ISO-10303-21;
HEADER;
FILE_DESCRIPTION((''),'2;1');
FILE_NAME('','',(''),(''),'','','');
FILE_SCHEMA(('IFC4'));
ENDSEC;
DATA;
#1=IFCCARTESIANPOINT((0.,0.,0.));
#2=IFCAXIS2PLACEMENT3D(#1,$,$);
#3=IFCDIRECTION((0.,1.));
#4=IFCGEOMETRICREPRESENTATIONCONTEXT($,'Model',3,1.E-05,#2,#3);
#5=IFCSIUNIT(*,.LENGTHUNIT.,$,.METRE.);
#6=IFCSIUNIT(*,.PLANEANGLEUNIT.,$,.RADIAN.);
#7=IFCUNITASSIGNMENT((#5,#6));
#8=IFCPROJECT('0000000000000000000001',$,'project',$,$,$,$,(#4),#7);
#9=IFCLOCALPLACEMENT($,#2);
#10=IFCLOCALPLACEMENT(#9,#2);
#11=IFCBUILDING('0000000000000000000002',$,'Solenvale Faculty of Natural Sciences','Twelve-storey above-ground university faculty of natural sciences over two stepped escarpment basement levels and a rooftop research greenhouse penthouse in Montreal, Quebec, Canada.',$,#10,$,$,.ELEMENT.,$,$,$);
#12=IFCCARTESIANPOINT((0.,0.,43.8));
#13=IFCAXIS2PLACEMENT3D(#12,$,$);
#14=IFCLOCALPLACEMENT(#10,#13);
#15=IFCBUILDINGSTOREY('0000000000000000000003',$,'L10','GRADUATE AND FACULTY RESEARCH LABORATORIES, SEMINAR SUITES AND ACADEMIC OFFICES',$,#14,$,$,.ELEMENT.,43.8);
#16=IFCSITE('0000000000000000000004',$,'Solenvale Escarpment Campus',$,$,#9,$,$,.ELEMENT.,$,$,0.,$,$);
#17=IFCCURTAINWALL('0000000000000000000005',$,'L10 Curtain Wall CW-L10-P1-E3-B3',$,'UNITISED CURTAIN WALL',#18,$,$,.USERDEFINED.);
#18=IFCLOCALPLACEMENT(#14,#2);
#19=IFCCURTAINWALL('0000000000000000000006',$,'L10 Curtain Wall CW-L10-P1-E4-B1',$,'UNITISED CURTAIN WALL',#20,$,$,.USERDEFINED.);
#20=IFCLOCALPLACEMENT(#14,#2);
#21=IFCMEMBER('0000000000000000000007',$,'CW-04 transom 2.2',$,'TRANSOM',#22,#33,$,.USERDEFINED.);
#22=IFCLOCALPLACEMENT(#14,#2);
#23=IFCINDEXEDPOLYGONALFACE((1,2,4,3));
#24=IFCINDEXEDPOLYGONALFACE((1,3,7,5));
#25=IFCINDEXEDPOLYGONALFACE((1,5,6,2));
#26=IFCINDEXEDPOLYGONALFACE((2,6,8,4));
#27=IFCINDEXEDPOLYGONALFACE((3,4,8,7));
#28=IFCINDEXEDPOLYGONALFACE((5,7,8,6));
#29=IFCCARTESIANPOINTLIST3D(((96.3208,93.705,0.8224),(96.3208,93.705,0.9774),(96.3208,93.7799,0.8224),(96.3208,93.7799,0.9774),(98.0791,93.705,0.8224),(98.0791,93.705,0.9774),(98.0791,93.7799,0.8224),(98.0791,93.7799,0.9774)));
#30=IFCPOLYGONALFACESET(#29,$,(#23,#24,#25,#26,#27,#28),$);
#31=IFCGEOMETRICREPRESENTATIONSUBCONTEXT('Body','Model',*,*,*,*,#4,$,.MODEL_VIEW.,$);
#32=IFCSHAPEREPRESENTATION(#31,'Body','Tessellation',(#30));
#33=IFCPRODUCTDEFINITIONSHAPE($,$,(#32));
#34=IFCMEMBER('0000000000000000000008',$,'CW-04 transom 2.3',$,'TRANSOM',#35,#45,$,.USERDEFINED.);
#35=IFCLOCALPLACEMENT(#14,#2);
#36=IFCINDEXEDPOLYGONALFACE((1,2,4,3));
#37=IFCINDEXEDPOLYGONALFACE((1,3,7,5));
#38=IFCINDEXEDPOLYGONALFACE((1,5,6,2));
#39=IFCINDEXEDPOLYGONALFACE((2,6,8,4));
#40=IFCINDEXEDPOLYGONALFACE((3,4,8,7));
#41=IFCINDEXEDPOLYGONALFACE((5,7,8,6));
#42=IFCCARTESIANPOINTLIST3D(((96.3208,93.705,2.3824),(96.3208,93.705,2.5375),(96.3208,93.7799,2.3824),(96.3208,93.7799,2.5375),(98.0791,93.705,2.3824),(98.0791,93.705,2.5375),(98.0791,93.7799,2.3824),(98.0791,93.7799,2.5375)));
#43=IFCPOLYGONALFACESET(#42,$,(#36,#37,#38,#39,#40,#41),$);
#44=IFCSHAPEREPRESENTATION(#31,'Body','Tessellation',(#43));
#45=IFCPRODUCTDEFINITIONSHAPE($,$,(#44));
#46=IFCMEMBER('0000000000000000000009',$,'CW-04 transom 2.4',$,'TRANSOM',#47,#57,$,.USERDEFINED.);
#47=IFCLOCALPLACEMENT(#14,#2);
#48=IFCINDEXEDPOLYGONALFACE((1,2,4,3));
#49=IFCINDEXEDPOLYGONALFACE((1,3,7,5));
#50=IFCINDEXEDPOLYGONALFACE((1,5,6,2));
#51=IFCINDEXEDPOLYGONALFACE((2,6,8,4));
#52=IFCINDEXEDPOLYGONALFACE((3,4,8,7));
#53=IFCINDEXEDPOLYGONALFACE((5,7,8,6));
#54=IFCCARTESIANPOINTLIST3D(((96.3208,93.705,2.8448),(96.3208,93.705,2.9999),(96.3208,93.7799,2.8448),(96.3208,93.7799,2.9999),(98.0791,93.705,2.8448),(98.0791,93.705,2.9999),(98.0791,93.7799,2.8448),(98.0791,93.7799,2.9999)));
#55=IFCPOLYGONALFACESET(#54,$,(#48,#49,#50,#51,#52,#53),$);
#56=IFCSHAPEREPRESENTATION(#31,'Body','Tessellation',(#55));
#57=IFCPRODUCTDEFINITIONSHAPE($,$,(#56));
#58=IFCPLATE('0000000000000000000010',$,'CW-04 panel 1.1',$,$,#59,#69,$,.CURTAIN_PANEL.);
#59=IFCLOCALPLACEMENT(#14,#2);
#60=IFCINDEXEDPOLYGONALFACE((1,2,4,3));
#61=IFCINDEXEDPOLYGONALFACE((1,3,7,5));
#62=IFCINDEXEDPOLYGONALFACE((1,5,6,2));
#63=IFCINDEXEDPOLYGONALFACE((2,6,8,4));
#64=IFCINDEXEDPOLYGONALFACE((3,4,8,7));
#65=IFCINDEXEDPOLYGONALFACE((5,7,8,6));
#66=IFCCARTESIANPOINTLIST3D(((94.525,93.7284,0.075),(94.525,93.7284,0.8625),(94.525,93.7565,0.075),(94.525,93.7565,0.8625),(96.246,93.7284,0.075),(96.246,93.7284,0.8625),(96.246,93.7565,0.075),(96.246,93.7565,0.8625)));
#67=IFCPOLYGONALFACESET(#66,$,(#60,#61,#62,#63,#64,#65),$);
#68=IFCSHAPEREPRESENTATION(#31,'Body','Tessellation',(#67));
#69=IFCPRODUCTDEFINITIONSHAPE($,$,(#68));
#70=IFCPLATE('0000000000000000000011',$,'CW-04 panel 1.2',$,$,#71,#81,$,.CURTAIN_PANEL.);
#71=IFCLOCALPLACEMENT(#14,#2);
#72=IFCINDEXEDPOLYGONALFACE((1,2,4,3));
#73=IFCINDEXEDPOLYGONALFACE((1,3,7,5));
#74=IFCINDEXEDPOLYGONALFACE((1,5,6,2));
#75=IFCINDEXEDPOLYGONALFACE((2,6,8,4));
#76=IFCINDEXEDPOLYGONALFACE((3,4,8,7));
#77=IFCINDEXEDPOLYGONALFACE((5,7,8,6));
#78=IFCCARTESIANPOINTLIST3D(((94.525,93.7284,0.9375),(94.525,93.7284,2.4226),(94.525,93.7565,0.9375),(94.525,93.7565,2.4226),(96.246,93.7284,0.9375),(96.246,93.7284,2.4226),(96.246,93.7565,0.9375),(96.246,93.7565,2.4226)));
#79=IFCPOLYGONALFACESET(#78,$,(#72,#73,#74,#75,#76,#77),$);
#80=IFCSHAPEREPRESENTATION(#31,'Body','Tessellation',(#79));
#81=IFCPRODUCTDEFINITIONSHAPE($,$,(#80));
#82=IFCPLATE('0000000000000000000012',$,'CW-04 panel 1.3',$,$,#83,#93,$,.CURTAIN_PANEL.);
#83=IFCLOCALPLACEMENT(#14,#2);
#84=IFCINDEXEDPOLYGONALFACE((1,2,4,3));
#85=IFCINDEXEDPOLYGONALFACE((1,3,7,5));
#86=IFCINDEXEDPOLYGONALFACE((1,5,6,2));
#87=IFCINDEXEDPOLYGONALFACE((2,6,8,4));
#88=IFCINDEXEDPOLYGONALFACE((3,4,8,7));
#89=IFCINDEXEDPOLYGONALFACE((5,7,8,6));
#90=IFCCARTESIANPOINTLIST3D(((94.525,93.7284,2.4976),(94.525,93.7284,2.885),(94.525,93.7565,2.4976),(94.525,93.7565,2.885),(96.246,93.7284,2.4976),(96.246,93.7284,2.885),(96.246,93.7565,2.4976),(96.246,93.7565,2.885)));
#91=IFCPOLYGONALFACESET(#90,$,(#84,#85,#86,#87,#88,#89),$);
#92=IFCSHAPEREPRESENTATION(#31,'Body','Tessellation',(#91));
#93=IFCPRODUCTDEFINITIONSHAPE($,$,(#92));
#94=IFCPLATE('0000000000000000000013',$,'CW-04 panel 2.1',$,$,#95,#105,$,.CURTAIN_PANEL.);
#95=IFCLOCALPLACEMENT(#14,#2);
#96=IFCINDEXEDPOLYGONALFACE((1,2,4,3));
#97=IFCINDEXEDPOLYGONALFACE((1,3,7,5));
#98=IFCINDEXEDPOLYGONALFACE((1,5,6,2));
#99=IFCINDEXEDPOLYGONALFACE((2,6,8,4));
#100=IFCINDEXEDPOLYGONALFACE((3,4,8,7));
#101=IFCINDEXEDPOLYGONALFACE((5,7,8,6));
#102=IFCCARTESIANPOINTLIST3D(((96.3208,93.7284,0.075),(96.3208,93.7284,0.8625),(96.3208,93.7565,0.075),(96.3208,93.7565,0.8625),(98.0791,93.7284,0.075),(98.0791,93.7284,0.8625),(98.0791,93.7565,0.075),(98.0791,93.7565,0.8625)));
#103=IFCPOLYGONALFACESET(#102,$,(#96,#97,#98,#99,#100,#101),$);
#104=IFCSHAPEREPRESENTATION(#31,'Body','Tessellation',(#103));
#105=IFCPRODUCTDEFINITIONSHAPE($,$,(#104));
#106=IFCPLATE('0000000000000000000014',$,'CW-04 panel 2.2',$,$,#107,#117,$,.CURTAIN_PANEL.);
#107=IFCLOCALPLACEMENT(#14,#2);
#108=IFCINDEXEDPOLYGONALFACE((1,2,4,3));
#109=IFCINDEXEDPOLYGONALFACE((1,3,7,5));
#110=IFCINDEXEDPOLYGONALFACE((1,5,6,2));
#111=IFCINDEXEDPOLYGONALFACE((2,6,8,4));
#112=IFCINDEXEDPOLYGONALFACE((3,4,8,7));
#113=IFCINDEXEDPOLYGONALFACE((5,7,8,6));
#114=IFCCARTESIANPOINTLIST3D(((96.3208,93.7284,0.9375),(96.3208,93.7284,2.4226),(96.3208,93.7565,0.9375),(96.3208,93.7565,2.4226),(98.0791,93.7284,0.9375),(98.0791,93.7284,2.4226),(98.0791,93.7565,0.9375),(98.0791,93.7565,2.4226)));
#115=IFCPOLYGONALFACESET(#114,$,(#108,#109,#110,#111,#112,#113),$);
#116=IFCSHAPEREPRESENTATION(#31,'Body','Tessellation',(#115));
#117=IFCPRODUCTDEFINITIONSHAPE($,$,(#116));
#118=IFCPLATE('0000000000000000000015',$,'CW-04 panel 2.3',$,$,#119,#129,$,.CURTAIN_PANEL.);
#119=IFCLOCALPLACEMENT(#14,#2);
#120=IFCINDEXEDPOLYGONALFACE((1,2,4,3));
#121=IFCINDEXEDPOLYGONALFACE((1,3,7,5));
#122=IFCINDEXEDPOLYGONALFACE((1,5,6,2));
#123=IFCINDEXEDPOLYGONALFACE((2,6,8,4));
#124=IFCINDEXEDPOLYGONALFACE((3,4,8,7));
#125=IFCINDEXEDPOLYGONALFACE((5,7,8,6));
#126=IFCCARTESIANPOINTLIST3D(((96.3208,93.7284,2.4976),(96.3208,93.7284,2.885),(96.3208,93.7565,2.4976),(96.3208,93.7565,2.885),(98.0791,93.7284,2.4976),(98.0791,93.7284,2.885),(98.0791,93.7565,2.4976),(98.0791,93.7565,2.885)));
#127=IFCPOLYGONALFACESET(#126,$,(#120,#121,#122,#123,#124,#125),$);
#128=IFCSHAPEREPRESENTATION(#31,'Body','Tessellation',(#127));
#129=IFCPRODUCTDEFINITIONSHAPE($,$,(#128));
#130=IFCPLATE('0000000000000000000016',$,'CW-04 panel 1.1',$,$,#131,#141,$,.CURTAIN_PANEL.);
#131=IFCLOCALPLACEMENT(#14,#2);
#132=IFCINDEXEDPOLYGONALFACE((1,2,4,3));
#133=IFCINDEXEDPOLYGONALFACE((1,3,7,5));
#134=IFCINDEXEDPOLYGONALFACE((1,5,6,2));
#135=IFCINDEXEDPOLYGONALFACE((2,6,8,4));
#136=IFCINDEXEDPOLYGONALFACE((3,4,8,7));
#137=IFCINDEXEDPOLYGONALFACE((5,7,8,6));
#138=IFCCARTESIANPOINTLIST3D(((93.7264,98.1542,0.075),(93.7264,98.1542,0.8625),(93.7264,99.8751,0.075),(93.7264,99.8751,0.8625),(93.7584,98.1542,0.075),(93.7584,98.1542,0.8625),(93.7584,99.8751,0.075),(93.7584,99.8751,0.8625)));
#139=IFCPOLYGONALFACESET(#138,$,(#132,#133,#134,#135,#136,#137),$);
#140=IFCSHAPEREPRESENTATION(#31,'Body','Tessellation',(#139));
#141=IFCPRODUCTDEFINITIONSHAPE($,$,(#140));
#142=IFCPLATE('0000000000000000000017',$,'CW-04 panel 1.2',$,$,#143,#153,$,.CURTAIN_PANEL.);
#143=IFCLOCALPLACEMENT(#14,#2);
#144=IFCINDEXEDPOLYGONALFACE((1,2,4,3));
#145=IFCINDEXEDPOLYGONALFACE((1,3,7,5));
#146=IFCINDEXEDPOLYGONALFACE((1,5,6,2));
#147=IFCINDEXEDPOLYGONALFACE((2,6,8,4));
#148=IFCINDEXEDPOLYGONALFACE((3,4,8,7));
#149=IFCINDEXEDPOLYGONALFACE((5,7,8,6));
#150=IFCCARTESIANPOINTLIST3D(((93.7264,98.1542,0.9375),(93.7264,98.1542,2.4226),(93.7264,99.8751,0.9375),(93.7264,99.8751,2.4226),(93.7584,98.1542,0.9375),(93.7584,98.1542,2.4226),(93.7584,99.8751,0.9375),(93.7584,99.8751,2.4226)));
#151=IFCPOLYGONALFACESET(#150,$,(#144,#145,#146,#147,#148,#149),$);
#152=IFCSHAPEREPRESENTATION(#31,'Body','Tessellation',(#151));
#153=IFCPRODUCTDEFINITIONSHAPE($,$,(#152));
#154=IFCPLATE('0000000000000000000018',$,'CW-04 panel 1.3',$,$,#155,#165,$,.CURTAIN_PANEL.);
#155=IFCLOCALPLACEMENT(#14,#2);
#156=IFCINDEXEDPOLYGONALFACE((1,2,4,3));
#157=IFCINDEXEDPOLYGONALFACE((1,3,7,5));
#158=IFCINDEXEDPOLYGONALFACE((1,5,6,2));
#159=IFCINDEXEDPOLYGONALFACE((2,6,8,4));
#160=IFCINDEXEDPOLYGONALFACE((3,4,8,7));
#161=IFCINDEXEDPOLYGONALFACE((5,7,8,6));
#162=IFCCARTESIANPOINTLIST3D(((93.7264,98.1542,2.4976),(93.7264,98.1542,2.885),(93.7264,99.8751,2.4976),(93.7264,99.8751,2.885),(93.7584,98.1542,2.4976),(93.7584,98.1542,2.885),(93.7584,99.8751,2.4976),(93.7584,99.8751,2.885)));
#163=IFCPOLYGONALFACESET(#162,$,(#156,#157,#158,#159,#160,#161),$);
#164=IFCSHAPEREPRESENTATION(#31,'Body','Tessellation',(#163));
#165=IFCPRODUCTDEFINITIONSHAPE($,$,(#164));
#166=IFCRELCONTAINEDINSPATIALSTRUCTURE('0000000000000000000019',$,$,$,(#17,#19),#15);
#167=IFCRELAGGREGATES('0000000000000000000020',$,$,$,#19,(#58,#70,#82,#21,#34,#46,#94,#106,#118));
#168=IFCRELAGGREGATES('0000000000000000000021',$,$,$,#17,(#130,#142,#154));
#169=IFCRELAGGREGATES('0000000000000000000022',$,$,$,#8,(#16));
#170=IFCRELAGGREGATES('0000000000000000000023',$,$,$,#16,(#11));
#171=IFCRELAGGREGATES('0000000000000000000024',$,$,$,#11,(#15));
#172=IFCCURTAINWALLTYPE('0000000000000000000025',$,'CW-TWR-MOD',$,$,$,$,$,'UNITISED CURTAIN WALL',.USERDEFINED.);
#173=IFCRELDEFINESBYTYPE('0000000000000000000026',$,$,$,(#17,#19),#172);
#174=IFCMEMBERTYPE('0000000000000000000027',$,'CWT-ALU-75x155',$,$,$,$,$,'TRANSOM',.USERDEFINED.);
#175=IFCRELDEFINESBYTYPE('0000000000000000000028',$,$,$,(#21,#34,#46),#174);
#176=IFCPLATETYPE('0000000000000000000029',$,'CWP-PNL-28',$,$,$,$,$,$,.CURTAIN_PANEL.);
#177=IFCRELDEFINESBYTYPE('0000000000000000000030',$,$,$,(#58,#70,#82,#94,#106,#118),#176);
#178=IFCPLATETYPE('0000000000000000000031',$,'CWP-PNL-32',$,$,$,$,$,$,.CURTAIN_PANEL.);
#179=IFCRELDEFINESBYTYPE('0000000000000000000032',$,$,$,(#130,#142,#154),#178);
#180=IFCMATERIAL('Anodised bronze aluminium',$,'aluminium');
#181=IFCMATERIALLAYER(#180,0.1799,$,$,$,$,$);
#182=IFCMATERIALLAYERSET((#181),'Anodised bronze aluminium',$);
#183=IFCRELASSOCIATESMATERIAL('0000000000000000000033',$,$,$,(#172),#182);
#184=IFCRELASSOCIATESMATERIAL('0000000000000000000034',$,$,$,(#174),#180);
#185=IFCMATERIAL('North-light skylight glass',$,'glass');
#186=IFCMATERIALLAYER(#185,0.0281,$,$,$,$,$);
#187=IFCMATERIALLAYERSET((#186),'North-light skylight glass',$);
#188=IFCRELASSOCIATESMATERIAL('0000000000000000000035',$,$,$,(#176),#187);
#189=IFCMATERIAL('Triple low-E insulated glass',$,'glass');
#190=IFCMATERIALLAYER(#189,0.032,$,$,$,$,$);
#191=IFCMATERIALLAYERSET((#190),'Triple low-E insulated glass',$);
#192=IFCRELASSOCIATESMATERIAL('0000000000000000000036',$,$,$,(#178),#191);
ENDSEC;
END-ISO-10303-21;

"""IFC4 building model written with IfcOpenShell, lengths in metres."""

from ifc_helpers import new_model, si_unit, direction, frame, origin, origin_2d, place, context, subcontext, project, spatial, rectangle, extrude, material, layer, layer_set, material_profile, profile_set, type_object, element, aggregate, save


model = new_model("IFC4")

# Units and contexts
model_context = context("Model", 3, precision=1e-05, world=origin(), true_north=direction((0.0, 1.0)))
body_context = subcontext(model_context, "Body", "Model", "MODEL_VIEW")
ifc_project = project(units=[si_unit("LENGTHUNIT", "METRE"), si_unit("PLANEANGLEUNIT", "RADIAN")], contexts=[model_context])

# Site, building, storey
site_placement = place(None, origin())
site = spatial("IfcSite", under=ifc_project, at=site_placement, Name="Solenvale Escarpment Campus", CompositionType="ELEMENT", RefElevation=0.0)
building_placement = place(site_placement, origin())
building = spatial("IfcBuilding", under=site, at=building_placement, Name="Solenvale Faculty of Natural Sciences", Description="Twelve-storey above-ground university faculty of natural sciences over two stepped escarpment basement levels and a rooftop research greenhouse penthouse in Montreal, Quebec, Canada.", CompositionType="ELEMENT")
storey_placement = place(building_placement, frame((0.0, 0.0, 43.8)))
storey = spatial("IfcBuildingStorey", under=building, at=storey_placement, Name="L10", Description="GRADUATE AND FACULTY RESEARCH LABORATORIES, SEMINAR SUITES AND ACADEMIC OFFICES", CompositionType="ELEMENT", Elevation=43.8)

# Curtain wall
ifc_material_1 = material(Name="Anodised bronze aluminium", Category="aluminium")
ifc_layer_1 = layer(ifc_material_1, 0.1799)
ifc_layer_set_1 = layer_set([ifc_layer_1], Name="Anodised bronze aluminium")
curtain_wall_type = type_object("IfcCurtainWallType", Name="CW-TWR-MOD", ElementType="UNITISED CURTAIN WALL", PredefinedType="USERDEFINED", material=ifc_layer_set_1)
curtain_wall_1_placement = place(storey_placement, origin())
curtain_wall_1 = element("IfcCurtainWall", 1, at=curtain_wall_1_placement, inside=storey, type_object=curtain_wall_type, Name="L10 Curtain Wall CW-L10-P1-E3-B3", ObjectType="UNITISED CURTAIN WALL", PredefinedType="USERDEFINED")

# Curtain wall
curtain_wall_2_placement = place(storey_placement, origin())
curtain_wall_2 = element("IfcCurtainWall", 2, at=curtain_wall_2_placement, inside=storey, type_object=curtain_wall_type, Name="L10 Curtain Wall CW-L10-P1-E4-B1", ObjectType="UNITISED CURTAIN WALL", PredefinedType="USERDEFINED")

# Members
ifc_material_profile_1 = material_profile(ifc_material_1, rectangle(XDim=0.075, YDim=0.155, at=origin_2d()), Name="ALU-TRN-75x155")
ifc_profile_set_1 = profile_set([ifc_material_profile_1], Name="Anodised bronze aluminium")
member_type_1 = type_object("IfcMemberType", Name="CWT-ALU-75x155", ElementType="TRANSOM", PredefinedType="USERDEFINED", material=ifc_profile_set_1)
member_1_placement = place(storey_placement, frame((96.3208, 93.7424, 0.8999), z_axis=(1.0, 0.0, 0.0), x_axis=(0.0, 1.0, 0.0)))
member_1 = element("IfcMember", 3, at=member_1_placement, type_object=member_type_1, Name="CW-04 transom 2.2", ObjectType="TRANSOM", PredefinedType="USERDEFINED", context=body_context, shape_type="SweptSolid", body=[
    extrude(rectangle(XDim=0.075, YDim=0.155, at=origin_2d()), origin(), (0.0, 0.0, 1.0), 1.7583),
])
member_2_placement = place(storey_placement, frame((96.3208, 93.7424, 2.46), z_axis=(1.0, 0.0, 0.0), x_axis=(0.0, 1.0, 0.0)))
member_2 = element("IfcMember", 4, at=member_2_placement, type_object=member_type_1, Name="CW-04 transom 2.3", ObjectType="TRANSOM", PredefinedType="USERDEFINED", context=body_context, shape_type="SweptSolid", body=[
    extrude(rectangle(XDim=0.075, YDim=0.155, at=origin_2d()), origin(), (0.0, 0.0, 1.0), 1.7583),
])
member_3_placement = place(storey_placement, frame((96.3208, 93.7424, 2.9224), z_axis=(1.0, 0.0, 0.0), x_axis=(0.0, 1.0, 0.0)))
member_3 = element("IfcMember", 5, at=member_3_placement, type_object=member_type_1, Name="CW-04 transom 2.4", ObjectType="TRANSOM", PredefinedType="USERDEFINED", context=body_context, shape_type="SweptSolid", body=[
    extrude(rectangle(XDim=0.075, YDim=0.155, at=origin_2d()), origin(), (0.0, 0.0, 1.0), 1.7583),
])

# Plates
ifc_material_2 = material(Name="North-light skylight glass", Category="glass")
ifc_layer_2 = layer(ifc_material_2, 0.0281)
ifc_layer_set_2 = layer_set([ifc_layer_2], Name="North-light skylight glass")
plate_type_1 = type_object("IfcPlateType", Name="CWP-PNL-28", PredefinedType="CURTAIN_PANEL", material=ifc_layer_set_2)
plate_1_placement = place(storey_placement, frame((95.3855, 93.7424, 0.075), z_axis=(0.0, 0.0, 1.0), x_axis=(1.0, 0.0, 0.0)))
plate_1 = element("IfcPlate", 6, at=plate_1_placement, type_object=plate_type_1, Name="CW-04 panel 1.1", PredefinedType="CURTAIN_PANEL", context=body_context, shape_type="SweptSolid", body=[
    extrude(rectangle(XDim=1.7209, YDim=0.0281, at=origin_2d()), origin(), (0.0, 0.0, 1.0), 0.7876),
])
plate_2_placement = place(storey_placement, frame((95.3855, 93.7424, 0.9375), z_axis=(0.0, 0.0, 1.0), x_axis=(1.0, 0.0, 0.0)))
plate_2 = element("IfcPlate", 7, at=plate_2_placement, type_object=plate_type_1, Name="CW-04 panel 1.2", PredefinedType="CURTAIN_PANEL", context=body_context, shape_type="SweptSolid", body=[
    extrude(rectangle(XDim=1.7209, YDim=0.0281, at=origin_2d()), origin(), (0.0, 0.0, 1.0), 1.4851),
])
plate_3_placement = place(storey_placement, frame((95.3855, 93.7424, 2.4976), z_axis=(0.0, 0.0, 1.0), x_axis=(1.0, 0.0, 0.0)))
plate_3 = element("IfcPlate", 8, at=plate_3_placement, type_object=plate_type_1, Name="CW-04 panel 1.3", PredefinedType="CURTAIN_PANEL", context=body_context, shape_type="SweptSolid", body=[
    extrude(rectangle(XDim=1.7209, YDim=0.0281, at=origin_2d()), origin(), (0.0, 0.0, 1.0), 0.3875),
])
plate_4_placement = place(storey_placement, frame((97.2, 93.7424, 0.075), z_axis=(0.0, 0.0, 1.0), x_axis=(1.0, 0.0, 0.0)))
plate_4 = element("IfcPlate", 9, at=plate_4_placement, type_object=plate_type_1, Name="CW-04 panel 2.1", PredefinedType="CURTAIN_PANEL", context=body_context, shape_type="SweptSolid", body=[
    extrude(rectangle(XDim=1.7583, YDim=0.0281, at=origin_2d()), origin(), (0.0, 0.0, 1.0), 0.7876),
])
plate_5_placement = place(storey_placement, frame((97.2, 93.7424, 0.9375), z_axis=(0.0, 0.0, 1.0), x_axis=(1.0, 0.0, 0.0)))
plate_5 = element("IfcPlate", 10, at=plate_5_placement, type_object=plate_type_1, Name="CW-04 panel 2.2", PredefinedType="CURTAIN_PANEL", context=body_context, shape_type="SweptSolid", body=[
    extrude(rectangle(XDim=1.7583, YDim=0.0281, at=origin_2d()), origin(), (0.0, 0.0, 1.0), 1.4851),
])
plate_6_placement = place(storey_placement, frame((97.2, 93.7424, 2.4976), z_axis=(0.0, 0.0, 1.0), x_axis=(1.0, 0.0, 0.0)))
plate_6 = element("IfcPlate", 11, at=plate_6_placement, type_object=plate_type_1, Name="CW-04 panel 2.3", PredefinedType="CURTAIN_PANEL", context=body_context, shape_type="SweptSolid", body=[
    extrude(rectangle(XDim=1.7583, YDim=0.0281, at=origin_2d()), origin(), (0.0, 0.0, 1.0), 0.3875),
])
aggregate(curtain_wall_2, [plate_1, plate_2, plate_3, member_1, member_2, member_3, plate_4, plate_5, plate_6])
ifc_material_3 = material(Name="Triple low-E insulated glass", Category="glass")
ifc_layer_3 = layer(ifc_material_3, 0.032)
ifc_layer_set_3 = layer_set([ifc_layer_3], Name="Triple low-E insulated glass")
plate_type_2 = type_object("IfcPlateType", Name="CWP-PNL-32", PredefinedType="CURTAIN_PANEL", material=ifc_layer_set_3)
plate_7_placement = place(storey_placement, frame((93.7424, 99.0146, 0.075), z_axis=(0.0, 0.0, 1.0), x_axis=(0.0, -1.0, 0.0)))
plate_7 = element("IfcPlate", 12, at=plate_7_placement, type_object=plate_type_2, Name="CW-04 panel 1.1", PredefinedType="CURTAIN_PANEL", context=body_context, shape_type="SweptSolid", body=[
    extrude(rectangle(XDim=1.7209, YDim=0.032, at=origin_2d()), origin(), (0.0, 0.0, 1.0), 0.7876),
])
plate_8_placement = place(storey_placement, frame((93.7424, 99.0146, 0.9375), z_axis=(0.0, 0.0, 1.0), x_axis=(0.0, -1.0, 0.0)))
plate_8 = element("IfcPlate", 13, at=plate_8_placement, type_object=plate_type_2, Name="CW-04 panel 1.2", PredefinedType="CURTAIN_PANEL", context=body_context, shape_type="SweptSolid", body=[
    extrude(rectangle(XDim=1.7209, YDim=0.032, at=origin_2d()), origin(), (0.0, 0.0, 1.0), 1.4851),
])
plate_9_placement = place(storey_placement, frame((93.7424, 99.0146, 2.4976), z_axis=(0.0, 0.0, 1.0), x_axis=(0.0, -1.0, 0.0)))
plate_9 = element("IfcPlate", 14, at=plate_9_placement, type_object=plate_type_2, Name="CW-04 panel 1.3", PredefinedType="CURTAIN_PANEL", context=body_context, shape_type="SweptSolid", body=[
    extrude(rectangle(XDim=1.7209, YDim=0.032, at=origin_2d()), origin(), (0.0, 0.0, 1.0), 0.3875),
])
aggregate(curtain_wall_1, [plate_7, plate_8, plate_9])

save(model, "model.ifc")
